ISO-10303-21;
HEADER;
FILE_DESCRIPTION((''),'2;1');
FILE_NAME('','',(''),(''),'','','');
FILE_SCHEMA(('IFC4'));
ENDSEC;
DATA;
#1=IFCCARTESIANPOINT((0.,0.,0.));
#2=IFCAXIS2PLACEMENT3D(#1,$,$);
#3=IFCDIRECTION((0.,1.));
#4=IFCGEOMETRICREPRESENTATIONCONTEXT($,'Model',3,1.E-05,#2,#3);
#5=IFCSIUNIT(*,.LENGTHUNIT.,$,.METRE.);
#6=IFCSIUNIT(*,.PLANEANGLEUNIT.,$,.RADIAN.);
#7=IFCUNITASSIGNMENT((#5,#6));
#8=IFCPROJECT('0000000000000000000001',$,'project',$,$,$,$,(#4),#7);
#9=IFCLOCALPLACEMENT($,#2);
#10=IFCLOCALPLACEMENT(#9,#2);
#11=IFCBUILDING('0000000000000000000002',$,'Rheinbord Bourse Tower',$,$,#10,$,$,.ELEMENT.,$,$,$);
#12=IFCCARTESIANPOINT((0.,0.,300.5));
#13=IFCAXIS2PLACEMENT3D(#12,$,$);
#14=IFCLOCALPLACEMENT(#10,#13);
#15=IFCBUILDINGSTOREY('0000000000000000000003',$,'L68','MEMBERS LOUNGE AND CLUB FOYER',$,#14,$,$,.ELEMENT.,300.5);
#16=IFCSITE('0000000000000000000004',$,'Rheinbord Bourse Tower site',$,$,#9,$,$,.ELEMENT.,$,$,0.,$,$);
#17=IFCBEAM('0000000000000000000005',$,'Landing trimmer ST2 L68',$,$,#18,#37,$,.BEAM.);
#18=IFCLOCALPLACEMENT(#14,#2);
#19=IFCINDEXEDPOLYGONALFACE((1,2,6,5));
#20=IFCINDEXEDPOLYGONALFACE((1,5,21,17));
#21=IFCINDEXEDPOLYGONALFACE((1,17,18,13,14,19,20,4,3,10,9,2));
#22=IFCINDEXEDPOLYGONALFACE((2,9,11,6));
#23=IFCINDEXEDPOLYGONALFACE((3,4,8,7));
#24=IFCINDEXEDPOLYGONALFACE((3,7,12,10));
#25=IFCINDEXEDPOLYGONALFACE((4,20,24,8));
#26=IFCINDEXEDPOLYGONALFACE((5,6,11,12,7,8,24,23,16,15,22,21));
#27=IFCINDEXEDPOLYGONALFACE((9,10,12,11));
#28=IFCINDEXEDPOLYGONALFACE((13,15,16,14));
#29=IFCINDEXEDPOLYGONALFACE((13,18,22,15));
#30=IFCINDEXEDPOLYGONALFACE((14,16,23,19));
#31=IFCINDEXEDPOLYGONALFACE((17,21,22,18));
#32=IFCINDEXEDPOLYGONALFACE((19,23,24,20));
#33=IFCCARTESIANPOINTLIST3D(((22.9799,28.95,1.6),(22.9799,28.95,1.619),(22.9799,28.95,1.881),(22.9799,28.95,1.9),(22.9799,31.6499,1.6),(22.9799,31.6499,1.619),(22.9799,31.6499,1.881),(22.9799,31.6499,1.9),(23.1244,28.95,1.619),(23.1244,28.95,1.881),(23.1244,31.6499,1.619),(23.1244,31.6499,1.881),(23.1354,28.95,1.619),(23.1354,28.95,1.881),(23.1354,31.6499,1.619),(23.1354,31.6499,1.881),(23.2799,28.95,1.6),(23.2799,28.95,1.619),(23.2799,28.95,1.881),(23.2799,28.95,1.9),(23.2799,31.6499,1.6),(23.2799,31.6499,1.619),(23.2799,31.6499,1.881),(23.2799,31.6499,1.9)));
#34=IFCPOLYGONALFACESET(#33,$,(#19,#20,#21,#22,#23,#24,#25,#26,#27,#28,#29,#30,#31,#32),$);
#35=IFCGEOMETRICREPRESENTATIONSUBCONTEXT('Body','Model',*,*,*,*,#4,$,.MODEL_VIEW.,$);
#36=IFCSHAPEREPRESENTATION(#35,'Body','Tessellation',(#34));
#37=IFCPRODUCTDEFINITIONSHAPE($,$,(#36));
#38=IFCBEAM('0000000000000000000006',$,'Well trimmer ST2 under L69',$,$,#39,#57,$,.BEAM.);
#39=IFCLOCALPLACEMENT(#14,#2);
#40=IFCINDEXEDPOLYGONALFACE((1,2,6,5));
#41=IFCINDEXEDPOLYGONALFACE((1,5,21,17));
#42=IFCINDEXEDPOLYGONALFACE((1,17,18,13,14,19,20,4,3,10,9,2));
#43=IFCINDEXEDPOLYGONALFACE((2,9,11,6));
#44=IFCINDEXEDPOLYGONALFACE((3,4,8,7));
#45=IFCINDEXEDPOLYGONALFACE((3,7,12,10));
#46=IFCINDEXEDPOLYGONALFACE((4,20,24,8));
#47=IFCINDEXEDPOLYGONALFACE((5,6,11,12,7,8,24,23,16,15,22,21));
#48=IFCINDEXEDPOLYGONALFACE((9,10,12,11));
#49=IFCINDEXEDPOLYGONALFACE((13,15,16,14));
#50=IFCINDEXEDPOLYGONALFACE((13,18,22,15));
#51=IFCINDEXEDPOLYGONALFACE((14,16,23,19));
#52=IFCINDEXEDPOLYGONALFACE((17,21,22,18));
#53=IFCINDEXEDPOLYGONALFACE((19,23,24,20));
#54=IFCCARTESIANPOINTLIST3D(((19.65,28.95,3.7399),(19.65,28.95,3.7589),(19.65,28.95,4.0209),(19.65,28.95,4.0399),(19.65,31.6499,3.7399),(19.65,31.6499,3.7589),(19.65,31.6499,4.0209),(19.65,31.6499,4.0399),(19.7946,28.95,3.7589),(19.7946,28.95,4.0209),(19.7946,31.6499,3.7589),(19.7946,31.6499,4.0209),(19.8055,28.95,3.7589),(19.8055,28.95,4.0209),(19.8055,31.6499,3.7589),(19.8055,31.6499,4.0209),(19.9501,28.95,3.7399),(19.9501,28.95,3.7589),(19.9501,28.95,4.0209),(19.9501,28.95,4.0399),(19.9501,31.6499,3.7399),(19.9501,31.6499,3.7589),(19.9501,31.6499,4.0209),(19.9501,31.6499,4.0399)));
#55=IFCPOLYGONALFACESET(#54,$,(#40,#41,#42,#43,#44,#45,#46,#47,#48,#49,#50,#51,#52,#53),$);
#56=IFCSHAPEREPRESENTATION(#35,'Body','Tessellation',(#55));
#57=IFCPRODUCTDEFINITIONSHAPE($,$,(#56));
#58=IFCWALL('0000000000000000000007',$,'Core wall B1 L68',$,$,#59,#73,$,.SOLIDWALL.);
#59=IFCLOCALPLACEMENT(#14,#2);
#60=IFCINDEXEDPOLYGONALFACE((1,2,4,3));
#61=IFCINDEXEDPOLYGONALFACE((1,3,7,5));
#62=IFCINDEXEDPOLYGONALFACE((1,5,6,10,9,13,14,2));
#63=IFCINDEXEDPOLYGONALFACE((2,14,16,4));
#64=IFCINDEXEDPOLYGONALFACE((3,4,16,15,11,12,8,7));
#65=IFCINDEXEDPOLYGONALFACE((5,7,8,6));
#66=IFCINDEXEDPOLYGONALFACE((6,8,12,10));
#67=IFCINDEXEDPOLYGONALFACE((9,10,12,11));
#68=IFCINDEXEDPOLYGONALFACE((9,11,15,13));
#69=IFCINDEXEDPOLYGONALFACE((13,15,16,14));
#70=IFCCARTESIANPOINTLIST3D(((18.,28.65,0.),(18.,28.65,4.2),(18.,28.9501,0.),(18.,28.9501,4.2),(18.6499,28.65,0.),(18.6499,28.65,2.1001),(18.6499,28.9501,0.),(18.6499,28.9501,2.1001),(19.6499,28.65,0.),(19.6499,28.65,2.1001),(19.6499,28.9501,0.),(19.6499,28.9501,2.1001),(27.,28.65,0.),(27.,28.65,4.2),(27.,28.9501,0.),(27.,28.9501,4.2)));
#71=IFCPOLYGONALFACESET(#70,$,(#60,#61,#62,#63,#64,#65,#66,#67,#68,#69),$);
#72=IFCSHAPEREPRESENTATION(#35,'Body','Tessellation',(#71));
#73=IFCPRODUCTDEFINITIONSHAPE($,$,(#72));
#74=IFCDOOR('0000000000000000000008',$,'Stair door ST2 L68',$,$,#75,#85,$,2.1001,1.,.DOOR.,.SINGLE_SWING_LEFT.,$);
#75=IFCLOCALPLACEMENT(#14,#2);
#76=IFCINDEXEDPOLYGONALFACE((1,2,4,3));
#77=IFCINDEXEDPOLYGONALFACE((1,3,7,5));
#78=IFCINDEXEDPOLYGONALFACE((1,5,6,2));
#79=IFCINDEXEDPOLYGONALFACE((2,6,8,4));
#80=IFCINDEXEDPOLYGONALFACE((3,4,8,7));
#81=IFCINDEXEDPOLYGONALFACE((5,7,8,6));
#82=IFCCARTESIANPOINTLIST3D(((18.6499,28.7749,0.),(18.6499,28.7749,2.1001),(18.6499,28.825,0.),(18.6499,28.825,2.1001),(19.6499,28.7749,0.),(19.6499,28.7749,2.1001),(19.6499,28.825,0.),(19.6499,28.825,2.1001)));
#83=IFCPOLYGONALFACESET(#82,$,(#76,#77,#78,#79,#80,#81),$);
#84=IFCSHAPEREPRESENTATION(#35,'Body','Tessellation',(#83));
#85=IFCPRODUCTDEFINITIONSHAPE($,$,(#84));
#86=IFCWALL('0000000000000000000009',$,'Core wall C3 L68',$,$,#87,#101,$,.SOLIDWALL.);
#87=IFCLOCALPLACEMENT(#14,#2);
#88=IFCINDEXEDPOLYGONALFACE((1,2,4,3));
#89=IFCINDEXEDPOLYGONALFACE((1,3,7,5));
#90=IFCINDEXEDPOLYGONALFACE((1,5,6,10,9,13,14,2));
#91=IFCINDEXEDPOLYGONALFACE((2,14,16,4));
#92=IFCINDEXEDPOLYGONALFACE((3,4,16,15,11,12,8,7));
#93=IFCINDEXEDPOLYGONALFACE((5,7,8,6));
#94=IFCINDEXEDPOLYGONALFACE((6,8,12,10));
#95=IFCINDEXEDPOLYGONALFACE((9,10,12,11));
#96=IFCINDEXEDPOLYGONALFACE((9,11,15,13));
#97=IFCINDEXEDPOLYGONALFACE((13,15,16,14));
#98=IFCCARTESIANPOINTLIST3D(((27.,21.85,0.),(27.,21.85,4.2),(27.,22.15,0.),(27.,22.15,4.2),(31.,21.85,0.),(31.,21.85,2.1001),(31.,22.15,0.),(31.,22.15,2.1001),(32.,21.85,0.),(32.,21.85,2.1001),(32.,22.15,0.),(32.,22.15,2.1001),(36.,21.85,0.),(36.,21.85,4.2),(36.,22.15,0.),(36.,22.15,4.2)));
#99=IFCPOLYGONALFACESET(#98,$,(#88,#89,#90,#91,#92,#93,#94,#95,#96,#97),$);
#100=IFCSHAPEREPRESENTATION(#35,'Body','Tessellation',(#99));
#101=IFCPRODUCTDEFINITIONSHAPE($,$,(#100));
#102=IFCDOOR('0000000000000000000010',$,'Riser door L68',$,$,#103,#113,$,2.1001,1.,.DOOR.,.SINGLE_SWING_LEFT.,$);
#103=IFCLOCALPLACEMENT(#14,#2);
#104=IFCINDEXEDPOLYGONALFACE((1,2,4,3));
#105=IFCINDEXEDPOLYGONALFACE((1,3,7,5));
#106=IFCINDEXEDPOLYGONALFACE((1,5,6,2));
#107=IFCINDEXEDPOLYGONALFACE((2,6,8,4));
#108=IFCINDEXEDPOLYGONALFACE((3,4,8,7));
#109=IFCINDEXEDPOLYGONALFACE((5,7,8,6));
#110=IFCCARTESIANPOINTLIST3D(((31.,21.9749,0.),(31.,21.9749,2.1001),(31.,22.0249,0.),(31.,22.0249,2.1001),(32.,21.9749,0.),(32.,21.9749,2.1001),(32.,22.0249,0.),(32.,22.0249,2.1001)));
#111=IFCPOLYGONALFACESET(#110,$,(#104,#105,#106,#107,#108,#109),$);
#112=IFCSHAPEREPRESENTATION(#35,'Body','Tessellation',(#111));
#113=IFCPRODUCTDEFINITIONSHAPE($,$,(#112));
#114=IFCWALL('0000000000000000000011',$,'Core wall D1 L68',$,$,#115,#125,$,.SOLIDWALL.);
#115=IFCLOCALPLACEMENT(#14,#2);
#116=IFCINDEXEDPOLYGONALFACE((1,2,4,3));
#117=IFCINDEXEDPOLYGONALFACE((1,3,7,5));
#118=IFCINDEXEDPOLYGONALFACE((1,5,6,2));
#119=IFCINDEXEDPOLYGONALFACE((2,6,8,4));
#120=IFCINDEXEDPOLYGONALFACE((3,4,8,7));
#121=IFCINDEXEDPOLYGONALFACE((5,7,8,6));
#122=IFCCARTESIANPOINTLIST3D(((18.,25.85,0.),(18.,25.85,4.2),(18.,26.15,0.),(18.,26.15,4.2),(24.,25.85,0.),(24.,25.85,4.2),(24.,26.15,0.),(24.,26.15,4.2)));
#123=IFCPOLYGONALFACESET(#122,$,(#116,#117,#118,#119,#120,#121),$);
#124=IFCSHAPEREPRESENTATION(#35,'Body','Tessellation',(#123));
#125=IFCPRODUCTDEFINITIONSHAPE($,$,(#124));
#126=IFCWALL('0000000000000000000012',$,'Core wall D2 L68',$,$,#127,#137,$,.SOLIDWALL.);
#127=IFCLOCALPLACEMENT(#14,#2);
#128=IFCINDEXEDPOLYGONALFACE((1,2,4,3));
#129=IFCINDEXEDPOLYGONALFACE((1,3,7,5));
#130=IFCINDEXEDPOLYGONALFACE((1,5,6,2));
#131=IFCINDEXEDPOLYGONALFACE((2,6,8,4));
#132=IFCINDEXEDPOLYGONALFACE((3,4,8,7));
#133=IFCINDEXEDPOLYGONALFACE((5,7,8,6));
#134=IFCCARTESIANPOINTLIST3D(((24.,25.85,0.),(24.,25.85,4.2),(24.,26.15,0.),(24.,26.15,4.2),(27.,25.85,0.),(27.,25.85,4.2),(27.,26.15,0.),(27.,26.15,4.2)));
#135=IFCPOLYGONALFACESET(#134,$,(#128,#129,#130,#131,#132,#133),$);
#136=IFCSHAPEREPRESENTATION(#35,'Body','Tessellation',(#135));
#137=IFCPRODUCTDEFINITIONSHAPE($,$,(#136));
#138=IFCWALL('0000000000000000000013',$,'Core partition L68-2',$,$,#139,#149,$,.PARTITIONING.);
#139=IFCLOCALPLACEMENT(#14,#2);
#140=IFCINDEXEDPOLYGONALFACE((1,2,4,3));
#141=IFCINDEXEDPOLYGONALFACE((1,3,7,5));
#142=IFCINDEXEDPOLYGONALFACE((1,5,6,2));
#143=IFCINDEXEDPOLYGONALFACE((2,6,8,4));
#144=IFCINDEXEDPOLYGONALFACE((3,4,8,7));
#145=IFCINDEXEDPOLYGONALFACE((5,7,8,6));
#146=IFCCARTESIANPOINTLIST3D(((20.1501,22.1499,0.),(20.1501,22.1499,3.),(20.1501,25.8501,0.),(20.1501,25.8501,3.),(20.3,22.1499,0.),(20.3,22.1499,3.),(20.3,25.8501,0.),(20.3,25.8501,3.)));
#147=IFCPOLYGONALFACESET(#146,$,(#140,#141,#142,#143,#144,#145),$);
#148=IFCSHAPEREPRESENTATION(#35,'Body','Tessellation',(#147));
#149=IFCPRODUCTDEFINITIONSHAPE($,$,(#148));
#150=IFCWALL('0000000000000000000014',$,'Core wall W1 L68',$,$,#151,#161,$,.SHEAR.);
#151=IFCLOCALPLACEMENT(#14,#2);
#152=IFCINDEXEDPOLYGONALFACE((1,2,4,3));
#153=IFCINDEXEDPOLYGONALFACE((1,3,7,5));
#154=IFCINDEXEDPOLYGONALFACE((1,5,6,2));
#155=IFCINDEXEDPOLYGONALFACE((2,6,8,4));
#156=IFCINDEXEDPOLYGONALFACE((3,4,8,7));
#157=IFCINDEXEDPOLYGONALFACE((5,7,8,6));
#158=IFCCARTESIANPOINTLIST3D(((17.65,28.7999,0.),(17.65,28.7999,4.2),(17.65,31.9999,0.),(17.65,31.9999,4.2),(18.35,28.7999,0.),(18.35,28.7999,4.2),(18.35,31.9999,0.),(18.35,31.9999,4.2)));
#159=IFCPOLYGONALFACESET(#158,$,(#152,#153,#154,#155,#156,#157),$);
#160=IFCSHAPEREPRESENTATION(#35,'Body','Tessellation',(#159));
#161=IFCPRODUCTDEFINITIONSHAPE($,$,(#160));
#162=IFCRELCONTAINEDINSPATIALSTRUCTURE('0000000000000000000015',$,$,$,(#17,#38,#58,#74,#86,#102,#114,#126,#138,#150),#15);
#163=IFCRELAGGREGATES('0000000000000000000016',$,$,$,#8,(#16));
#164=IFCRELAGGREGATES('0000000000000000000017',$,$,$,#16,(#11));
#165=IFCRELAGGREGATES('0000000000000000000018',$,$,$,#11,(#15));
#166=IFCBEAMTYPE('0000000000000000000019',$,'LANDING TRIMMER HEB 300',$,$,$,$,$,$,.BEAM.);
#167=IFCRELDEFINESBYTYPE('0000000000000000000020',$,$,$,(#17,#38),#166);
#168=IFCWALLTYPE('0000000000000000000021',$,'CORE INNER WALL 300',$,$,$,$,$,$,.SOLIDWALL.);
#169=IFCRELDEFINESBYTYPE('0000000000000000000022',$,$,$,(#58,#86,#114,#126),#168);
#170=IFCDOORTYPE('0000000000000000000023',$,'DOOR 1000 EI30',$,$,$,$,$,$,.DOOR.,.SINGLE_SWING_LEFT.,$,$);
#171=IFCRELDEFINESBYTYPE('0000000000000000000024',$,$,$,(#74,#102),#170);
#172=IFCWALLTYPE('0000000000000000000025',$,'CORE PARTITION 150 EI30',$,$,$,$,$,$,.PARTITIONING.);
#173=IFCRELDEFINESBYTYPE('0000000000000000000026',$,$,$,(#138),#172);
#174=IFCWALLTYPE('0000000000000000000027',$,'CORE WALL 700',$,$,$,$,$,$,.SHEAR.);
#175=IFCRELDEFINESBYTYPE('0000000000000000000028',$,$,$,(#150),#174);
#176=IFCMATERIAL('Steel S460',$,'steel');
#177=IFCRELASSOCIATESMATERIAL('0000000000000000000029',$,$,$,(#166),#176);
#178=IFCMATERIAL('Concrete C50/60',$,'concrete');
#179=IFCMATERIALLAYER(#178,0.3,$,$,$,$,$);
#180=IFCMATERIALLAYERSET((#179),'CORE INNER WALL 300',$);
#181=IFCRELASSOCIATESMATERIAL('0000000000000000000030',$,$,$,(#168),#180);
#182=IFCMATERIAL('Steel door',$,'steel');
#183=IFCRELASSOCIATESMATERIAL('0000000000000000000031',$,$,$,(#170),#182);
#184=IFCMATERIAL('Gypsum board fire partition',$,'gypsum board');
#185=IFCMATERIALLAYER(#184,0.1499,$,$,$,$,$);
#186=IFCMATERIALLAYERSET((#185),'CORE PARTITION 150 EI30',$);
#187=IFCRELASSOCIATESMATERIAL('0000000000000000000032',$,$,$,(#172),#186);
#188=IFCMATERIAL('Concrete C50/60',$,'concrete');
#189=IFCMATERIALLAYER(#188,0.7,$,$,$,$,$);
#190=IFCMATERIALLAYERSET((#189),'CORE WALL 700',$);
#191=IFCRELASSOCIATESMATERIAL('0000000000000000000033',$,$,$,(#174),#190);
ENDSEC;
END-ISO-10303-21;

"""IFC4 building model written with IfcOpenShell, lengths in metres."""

from ifc_helpers import new_model, si_unit, direction, frame, frame_2d, origin, origin_2d, place, context, subcontext, project, spatial, rectangle, i_section, extrude, material, layer, layer_set, material_profile, profile_set, type_object, element, fill, save


model = new_model("IFC4")

# Units and contexts
model_context = context("Model", 3, precision=1e-05, world=origin(), true_north=direction((0.0, 1.0)))
body_context = subcontext(model_context, "Body", "Model", "MODEL_VIEW")
ifc_project = project(units=[si_unit("LENGTHUNIT", "METRE"), si_unit("PLANEANGLEUNIT", "RADIAN")], contexts=[model_context])

# Site, building, storey
site_placement = place(None, origin())
site = spatial("IfcSite", under=ifc_project, at=site_placement, Name="Rheinbord Bourse Tower site", CompositionType="ELEMENT", RefElevation=0.0)
building_placement = place(site_placement, origin())
building = spatial("IfcBuilding", under=site, at=building_placement, Name="Rheinbord Bourse Tower", CompositionType="ELEMENT")
storey_placement = place(building_placement, frame((0.0, 0.0, 300.5)))
storey = spatial("IfcBuildingStorey", under=building, at=storey_placement, Name="L68", Description="MEMBERS LOUNGE AND CLUB FOYER", CompositionType="ELEMENT", Elevation=300.5)

# Beams
ifc_material_1 = material(Name="Steel S460", Category="steel")
ifc_material_profile = material_profile(ifc_material_1, i_section(OverallWidth=0.3, OverallDepth=0.3, WebThickness=0.011, FlangeThickness=0.019, at=origin_2d()), Name="HEB 300")
ifc_profile_set = profile_set([ifc_material_profile], Name="Steel S460")
beam_type = type_object("IfcBeamType", Name="LANDING TRIMMER HEB 300", PredefinedType="BEAM", material=ifc_profile_set)
for number, where, z_axis, x_axis, name in (
    (1, (23.1299, 28.95, 1.75), (0.0, 1.0, 0.0), (-1.0, 0.0, 0.0), "Landing trimmer ST2 L68"),
    (2, (19.8, 28.95, 3.8899), (0.0, 1.0, 0.0), (-1.0, 0.0, 0.0), "Well trimmer ST2 under L69"),
):
    element("IfcBeam", number, at=place(storey_placement, frame(where, z_axis=z_axis, x_axis=x_axis)), inside=storey, type_object=beam_type, Name=name, PredefinedType="BEAM", context=body_context, shape_type="SweptSolid", body=[
        extrude(i_section(OverallWidth=0.3, OverallDepth=0.3, WebThickness=0.011, FlangeThickness=0.019, at=origin_2d()), origin(), (0.0, 0.0, 1.0), 2.7),
    ])

# Walls, openings, doors
ifc_material_2 = material(Name="Concrete C50/60", Category="concrete")
ifc_layer_1 = layer(ifc_material_2, 0.3)
ifc_layer_set_1 = layer_set([ifc_layer_1], Name="CORE INNER WALL 300")
wall_type_1 = type_object("IfcWallType", Name="CORE INNER WALL 300", PredefinedType="SOLIDWALL", material=ifc_layer_set_1)
wall_1_placement = place(storey_placement, frame((18.0, 28.8, 0.0), z_axis=(0.0, 0.0, 1.0), x_axis=(1.0, 0.0, 0.0)))
wall_1 = element("IfcWall", 3, at=wall_1_placement, inside=storey, type_object=wall_type_1, Name="Core wall B1 L68", PredefinedType="SOLIDWALL", context=body_context, shape_type="SweptSolid", body=[
    extrude(rectangle(XDim=9.0, YDim=0.3, at=frame_2d((4.5, 0.0))), origin(), (0.0, 0.0, 1.0), 4.2),
])
opening_1_placement = place(wall_1_placement, frame((0.6499, 0.0, 0.0)))
opening_1 = element("IfcOpeningElement", 4, at=opening_1_placement, cuts=wall_1, PredefinedType="OPENING", context=body_context, shape_type="SweptSolid", body=[
    extrude(rectangle(XDim=1.0, YDim=2.1001, at=frame_2d((0.5, 1.05))), frame((0.0, 0.1599, 0.0), z_axis=(0.0, -1.0, 0.0), x_axis=(1.0, 0.0, 0.0)), (0.0, 0.0, 1.0), 0.3201),
])
ifc_material_3 = material(Name="Steel door", Category="steel")
door_type_1 = type_object("IfcDoorType", Name="DOOR 1000 EI30", OperationType="SINGLE_SWING_LEFT", PredefinedType="DOOR", material=ifc_material_3)
door_1_placement = place(opening_1_placement, origin())
door_1 = element("IfcDoor", 5, at=door_1_placement, inside=storey, type_object=door_type_1, Name="Stair door ST2 L68", OperationType="SINGLE_SWING_LEFT", OverallHeight=2.1001, OverallWidth=1.0, PredefinedType="DOOR", context=body_context, shape_type="SweptSolid", body=[
    extrude(rectangle(XDim=1.0, YDim=2.1001, at=frame_2d((0.5, 1.05))), frame((0.0, 0.0249, 0.0), z_axis=(0.0, -1.0, 0.0), x_axis=(1.0, 0.0, 0.0)), (0.0, 0.0, 1.0), 0.05),
])
fill(opening_1, door_1)
wall_2_placement = place(storey_placement, frame((27.0, 22.0, 0.0), z_axis=(0.0, 0.0, 1.0), x_axis=(1.0, 0.0, 0.0)))
wall_2 = element("IfcWall", 6, at=wall_2_placement, inside=storey, type_object=wall_type_1, Name="Core wall C3 L68", PredefinedType="SOLIDWALL", context=body_context, shape_type="SweptSolid", body=[
    extrude(rectangle(XDim=9.0, YDim=0.3, at=frame_2d((4.5, 0.0))), origin(), (0.0, 0.0, 1.0), 4.2),
])
opening_2_placement = place(wall_2_placement, frame((4.0, 0.0, 0.0)))
opening_2 = element("IfcOpeningElement", 7, at=opening_2_placement, cuts=wall_2, PredefinedType="OPENING", context=body_context, shape_type="SweptSolid", body=[
    extrude(rectangle(XDim=1.0, YDim=2.1001, at=frame_2d((0.5, 1.05))), frame((0.0, 0.1599, 0.0), z_axis=(0.0, -1.0, 0.0), x_axis=(1.0, 0.0, 0.0)), (0.0, 0.0, 1.0), 0.3201),
])
door_2_placement = place(opening_2_placement, origin())
door_2 = element("IfcDoor", 8, at=door_2_placement, inside=storey, type_object=door_type_1, Name="Riser door L68", OperationType="SINGLE_SWING_LEFT", OverallHeight=2.1001, OverallWidth=1.0, PredefinedType="DOOR", context=body_context, shape_type="SweptSolid", body=[
    extrude(rectangle(XDim=1.0, YDim=2.1001, at=frame_2d((0.5, 1.05))), frame((0.0, 0.0249, 0.0), z_axis=(0.0, -1.0, 0.0), x_axis=(1.0, 0.0, 0.0)), (0.0, 0.0, 1.0), 0.05),
])
fill(opening_2, door_2)

# Walls
wall_3_placement = place(storey_placement, frame((18.0, 26.0, 0.0), z_axis=(0.0, 0.0, 1.0), x_axis=(1.0, 0.0, 0.0)))
element("IfcWall", 9, at=wall_3_placement, inside=storey, type_object=wall_type_1, Name="Core wall D1 L68", PredefinedType="SOLIDWALL", context=body_context, shape_type="SweptSolid", body=[
    extrude(rectangle(XDim=6.0, YDim=0.3, at=frame_2d((3.0, 0.0))), origin(), (0.0, 0.0, 1.0), 4.2),
])
wall_4_placement = place(storey_placement, frame((24.0, 26.0, 0.0), z_axis=(0.0, 0.0, 1.0), x_axis=(1.0, 0.0, 0.0)))
element("IfcWall", 10, at=wall_4_placement, inside=storey, type_object=wall_type_1, Name="Core wall D2 L68", PredefinedType="SOLIDWALL", context=body_context, shape_type="SweptSolid", body=[
    extrude(rectangle(XDim=3.0, YDim=0.3, at=frame_2d((1.5, 0.0))), origin(), (0.0, 0.0, 1.0), 4.2),
])
ifc_material_4 = material(Name="Gypsum board fire partition", Category="gypsum board")
ifc_layer_2 = layer(ifc_material_4, 0.1499)
ifc_layer_set_2 = layer_set([ifc_layer_2], Name="CORE PARTITION 150 EI30")
wall_type_2 = type_object("IfcWallType", Name="CORE PARTITION 150 EI30", PredefinedType="PARTITIONING", material=ifc_layer_set_2)
wall_5_placement = place(storey_placement, frame((20.2251, 22.1499, 0.0), z_axis=(0.0, 0.0, 1.0), x_axis=(0.0, 1.0, 0.0)))
element("IfcWall", 11, at=wall_5_placement, inside=storey, type_object=wall_type_2, Name="Core partition L68-2", PredefinedType="PARTITIONING", context=body_context, shape_type="SweptSolid", body=[
    extrude(rectangle(XDim=3.7002, YDim=0.1499, at=frame_2d((1.8501, 0.0))), origin(), (0.0, 0.0, 1.0), 3.0),
])
ifc_material_5 = material(Name="Concrete C50/60", Category="concrete")
ifc_layer_3 = layer(ifc_material_5, 0.7)
ifc_layer_set_3 = layer_set([ifc_layer_3], Name="CORE WALL 700")
wall_type_3 = type_object("IfcWallType", Name="CORE WALL 700", PredefinedType="SHEAR", material=ifc_layer_set_3)
wall_6_placement = place(storey_placement, frame((18.0, 32.0, 0.0), z_axis=(0.0, 0.0, 1.0), x_axis=(0.0, -1.0, 0.0)))
element("IfcWall", 12, at=wall_6_placement, inside=storey, type_object=wall_type_3, Name="Core wall W1 L68", PredefinedType="SHEAR", context=body_context, shape_type="SweptSolid", body=[
    extrude(rectangle(XDim=3.2, YDim=0.7, at=frame_2d((1.6001, 0.0))), origin(), (0.0, 0.0, 1.0), 4.2),
])

save(model, "model.ifc")
